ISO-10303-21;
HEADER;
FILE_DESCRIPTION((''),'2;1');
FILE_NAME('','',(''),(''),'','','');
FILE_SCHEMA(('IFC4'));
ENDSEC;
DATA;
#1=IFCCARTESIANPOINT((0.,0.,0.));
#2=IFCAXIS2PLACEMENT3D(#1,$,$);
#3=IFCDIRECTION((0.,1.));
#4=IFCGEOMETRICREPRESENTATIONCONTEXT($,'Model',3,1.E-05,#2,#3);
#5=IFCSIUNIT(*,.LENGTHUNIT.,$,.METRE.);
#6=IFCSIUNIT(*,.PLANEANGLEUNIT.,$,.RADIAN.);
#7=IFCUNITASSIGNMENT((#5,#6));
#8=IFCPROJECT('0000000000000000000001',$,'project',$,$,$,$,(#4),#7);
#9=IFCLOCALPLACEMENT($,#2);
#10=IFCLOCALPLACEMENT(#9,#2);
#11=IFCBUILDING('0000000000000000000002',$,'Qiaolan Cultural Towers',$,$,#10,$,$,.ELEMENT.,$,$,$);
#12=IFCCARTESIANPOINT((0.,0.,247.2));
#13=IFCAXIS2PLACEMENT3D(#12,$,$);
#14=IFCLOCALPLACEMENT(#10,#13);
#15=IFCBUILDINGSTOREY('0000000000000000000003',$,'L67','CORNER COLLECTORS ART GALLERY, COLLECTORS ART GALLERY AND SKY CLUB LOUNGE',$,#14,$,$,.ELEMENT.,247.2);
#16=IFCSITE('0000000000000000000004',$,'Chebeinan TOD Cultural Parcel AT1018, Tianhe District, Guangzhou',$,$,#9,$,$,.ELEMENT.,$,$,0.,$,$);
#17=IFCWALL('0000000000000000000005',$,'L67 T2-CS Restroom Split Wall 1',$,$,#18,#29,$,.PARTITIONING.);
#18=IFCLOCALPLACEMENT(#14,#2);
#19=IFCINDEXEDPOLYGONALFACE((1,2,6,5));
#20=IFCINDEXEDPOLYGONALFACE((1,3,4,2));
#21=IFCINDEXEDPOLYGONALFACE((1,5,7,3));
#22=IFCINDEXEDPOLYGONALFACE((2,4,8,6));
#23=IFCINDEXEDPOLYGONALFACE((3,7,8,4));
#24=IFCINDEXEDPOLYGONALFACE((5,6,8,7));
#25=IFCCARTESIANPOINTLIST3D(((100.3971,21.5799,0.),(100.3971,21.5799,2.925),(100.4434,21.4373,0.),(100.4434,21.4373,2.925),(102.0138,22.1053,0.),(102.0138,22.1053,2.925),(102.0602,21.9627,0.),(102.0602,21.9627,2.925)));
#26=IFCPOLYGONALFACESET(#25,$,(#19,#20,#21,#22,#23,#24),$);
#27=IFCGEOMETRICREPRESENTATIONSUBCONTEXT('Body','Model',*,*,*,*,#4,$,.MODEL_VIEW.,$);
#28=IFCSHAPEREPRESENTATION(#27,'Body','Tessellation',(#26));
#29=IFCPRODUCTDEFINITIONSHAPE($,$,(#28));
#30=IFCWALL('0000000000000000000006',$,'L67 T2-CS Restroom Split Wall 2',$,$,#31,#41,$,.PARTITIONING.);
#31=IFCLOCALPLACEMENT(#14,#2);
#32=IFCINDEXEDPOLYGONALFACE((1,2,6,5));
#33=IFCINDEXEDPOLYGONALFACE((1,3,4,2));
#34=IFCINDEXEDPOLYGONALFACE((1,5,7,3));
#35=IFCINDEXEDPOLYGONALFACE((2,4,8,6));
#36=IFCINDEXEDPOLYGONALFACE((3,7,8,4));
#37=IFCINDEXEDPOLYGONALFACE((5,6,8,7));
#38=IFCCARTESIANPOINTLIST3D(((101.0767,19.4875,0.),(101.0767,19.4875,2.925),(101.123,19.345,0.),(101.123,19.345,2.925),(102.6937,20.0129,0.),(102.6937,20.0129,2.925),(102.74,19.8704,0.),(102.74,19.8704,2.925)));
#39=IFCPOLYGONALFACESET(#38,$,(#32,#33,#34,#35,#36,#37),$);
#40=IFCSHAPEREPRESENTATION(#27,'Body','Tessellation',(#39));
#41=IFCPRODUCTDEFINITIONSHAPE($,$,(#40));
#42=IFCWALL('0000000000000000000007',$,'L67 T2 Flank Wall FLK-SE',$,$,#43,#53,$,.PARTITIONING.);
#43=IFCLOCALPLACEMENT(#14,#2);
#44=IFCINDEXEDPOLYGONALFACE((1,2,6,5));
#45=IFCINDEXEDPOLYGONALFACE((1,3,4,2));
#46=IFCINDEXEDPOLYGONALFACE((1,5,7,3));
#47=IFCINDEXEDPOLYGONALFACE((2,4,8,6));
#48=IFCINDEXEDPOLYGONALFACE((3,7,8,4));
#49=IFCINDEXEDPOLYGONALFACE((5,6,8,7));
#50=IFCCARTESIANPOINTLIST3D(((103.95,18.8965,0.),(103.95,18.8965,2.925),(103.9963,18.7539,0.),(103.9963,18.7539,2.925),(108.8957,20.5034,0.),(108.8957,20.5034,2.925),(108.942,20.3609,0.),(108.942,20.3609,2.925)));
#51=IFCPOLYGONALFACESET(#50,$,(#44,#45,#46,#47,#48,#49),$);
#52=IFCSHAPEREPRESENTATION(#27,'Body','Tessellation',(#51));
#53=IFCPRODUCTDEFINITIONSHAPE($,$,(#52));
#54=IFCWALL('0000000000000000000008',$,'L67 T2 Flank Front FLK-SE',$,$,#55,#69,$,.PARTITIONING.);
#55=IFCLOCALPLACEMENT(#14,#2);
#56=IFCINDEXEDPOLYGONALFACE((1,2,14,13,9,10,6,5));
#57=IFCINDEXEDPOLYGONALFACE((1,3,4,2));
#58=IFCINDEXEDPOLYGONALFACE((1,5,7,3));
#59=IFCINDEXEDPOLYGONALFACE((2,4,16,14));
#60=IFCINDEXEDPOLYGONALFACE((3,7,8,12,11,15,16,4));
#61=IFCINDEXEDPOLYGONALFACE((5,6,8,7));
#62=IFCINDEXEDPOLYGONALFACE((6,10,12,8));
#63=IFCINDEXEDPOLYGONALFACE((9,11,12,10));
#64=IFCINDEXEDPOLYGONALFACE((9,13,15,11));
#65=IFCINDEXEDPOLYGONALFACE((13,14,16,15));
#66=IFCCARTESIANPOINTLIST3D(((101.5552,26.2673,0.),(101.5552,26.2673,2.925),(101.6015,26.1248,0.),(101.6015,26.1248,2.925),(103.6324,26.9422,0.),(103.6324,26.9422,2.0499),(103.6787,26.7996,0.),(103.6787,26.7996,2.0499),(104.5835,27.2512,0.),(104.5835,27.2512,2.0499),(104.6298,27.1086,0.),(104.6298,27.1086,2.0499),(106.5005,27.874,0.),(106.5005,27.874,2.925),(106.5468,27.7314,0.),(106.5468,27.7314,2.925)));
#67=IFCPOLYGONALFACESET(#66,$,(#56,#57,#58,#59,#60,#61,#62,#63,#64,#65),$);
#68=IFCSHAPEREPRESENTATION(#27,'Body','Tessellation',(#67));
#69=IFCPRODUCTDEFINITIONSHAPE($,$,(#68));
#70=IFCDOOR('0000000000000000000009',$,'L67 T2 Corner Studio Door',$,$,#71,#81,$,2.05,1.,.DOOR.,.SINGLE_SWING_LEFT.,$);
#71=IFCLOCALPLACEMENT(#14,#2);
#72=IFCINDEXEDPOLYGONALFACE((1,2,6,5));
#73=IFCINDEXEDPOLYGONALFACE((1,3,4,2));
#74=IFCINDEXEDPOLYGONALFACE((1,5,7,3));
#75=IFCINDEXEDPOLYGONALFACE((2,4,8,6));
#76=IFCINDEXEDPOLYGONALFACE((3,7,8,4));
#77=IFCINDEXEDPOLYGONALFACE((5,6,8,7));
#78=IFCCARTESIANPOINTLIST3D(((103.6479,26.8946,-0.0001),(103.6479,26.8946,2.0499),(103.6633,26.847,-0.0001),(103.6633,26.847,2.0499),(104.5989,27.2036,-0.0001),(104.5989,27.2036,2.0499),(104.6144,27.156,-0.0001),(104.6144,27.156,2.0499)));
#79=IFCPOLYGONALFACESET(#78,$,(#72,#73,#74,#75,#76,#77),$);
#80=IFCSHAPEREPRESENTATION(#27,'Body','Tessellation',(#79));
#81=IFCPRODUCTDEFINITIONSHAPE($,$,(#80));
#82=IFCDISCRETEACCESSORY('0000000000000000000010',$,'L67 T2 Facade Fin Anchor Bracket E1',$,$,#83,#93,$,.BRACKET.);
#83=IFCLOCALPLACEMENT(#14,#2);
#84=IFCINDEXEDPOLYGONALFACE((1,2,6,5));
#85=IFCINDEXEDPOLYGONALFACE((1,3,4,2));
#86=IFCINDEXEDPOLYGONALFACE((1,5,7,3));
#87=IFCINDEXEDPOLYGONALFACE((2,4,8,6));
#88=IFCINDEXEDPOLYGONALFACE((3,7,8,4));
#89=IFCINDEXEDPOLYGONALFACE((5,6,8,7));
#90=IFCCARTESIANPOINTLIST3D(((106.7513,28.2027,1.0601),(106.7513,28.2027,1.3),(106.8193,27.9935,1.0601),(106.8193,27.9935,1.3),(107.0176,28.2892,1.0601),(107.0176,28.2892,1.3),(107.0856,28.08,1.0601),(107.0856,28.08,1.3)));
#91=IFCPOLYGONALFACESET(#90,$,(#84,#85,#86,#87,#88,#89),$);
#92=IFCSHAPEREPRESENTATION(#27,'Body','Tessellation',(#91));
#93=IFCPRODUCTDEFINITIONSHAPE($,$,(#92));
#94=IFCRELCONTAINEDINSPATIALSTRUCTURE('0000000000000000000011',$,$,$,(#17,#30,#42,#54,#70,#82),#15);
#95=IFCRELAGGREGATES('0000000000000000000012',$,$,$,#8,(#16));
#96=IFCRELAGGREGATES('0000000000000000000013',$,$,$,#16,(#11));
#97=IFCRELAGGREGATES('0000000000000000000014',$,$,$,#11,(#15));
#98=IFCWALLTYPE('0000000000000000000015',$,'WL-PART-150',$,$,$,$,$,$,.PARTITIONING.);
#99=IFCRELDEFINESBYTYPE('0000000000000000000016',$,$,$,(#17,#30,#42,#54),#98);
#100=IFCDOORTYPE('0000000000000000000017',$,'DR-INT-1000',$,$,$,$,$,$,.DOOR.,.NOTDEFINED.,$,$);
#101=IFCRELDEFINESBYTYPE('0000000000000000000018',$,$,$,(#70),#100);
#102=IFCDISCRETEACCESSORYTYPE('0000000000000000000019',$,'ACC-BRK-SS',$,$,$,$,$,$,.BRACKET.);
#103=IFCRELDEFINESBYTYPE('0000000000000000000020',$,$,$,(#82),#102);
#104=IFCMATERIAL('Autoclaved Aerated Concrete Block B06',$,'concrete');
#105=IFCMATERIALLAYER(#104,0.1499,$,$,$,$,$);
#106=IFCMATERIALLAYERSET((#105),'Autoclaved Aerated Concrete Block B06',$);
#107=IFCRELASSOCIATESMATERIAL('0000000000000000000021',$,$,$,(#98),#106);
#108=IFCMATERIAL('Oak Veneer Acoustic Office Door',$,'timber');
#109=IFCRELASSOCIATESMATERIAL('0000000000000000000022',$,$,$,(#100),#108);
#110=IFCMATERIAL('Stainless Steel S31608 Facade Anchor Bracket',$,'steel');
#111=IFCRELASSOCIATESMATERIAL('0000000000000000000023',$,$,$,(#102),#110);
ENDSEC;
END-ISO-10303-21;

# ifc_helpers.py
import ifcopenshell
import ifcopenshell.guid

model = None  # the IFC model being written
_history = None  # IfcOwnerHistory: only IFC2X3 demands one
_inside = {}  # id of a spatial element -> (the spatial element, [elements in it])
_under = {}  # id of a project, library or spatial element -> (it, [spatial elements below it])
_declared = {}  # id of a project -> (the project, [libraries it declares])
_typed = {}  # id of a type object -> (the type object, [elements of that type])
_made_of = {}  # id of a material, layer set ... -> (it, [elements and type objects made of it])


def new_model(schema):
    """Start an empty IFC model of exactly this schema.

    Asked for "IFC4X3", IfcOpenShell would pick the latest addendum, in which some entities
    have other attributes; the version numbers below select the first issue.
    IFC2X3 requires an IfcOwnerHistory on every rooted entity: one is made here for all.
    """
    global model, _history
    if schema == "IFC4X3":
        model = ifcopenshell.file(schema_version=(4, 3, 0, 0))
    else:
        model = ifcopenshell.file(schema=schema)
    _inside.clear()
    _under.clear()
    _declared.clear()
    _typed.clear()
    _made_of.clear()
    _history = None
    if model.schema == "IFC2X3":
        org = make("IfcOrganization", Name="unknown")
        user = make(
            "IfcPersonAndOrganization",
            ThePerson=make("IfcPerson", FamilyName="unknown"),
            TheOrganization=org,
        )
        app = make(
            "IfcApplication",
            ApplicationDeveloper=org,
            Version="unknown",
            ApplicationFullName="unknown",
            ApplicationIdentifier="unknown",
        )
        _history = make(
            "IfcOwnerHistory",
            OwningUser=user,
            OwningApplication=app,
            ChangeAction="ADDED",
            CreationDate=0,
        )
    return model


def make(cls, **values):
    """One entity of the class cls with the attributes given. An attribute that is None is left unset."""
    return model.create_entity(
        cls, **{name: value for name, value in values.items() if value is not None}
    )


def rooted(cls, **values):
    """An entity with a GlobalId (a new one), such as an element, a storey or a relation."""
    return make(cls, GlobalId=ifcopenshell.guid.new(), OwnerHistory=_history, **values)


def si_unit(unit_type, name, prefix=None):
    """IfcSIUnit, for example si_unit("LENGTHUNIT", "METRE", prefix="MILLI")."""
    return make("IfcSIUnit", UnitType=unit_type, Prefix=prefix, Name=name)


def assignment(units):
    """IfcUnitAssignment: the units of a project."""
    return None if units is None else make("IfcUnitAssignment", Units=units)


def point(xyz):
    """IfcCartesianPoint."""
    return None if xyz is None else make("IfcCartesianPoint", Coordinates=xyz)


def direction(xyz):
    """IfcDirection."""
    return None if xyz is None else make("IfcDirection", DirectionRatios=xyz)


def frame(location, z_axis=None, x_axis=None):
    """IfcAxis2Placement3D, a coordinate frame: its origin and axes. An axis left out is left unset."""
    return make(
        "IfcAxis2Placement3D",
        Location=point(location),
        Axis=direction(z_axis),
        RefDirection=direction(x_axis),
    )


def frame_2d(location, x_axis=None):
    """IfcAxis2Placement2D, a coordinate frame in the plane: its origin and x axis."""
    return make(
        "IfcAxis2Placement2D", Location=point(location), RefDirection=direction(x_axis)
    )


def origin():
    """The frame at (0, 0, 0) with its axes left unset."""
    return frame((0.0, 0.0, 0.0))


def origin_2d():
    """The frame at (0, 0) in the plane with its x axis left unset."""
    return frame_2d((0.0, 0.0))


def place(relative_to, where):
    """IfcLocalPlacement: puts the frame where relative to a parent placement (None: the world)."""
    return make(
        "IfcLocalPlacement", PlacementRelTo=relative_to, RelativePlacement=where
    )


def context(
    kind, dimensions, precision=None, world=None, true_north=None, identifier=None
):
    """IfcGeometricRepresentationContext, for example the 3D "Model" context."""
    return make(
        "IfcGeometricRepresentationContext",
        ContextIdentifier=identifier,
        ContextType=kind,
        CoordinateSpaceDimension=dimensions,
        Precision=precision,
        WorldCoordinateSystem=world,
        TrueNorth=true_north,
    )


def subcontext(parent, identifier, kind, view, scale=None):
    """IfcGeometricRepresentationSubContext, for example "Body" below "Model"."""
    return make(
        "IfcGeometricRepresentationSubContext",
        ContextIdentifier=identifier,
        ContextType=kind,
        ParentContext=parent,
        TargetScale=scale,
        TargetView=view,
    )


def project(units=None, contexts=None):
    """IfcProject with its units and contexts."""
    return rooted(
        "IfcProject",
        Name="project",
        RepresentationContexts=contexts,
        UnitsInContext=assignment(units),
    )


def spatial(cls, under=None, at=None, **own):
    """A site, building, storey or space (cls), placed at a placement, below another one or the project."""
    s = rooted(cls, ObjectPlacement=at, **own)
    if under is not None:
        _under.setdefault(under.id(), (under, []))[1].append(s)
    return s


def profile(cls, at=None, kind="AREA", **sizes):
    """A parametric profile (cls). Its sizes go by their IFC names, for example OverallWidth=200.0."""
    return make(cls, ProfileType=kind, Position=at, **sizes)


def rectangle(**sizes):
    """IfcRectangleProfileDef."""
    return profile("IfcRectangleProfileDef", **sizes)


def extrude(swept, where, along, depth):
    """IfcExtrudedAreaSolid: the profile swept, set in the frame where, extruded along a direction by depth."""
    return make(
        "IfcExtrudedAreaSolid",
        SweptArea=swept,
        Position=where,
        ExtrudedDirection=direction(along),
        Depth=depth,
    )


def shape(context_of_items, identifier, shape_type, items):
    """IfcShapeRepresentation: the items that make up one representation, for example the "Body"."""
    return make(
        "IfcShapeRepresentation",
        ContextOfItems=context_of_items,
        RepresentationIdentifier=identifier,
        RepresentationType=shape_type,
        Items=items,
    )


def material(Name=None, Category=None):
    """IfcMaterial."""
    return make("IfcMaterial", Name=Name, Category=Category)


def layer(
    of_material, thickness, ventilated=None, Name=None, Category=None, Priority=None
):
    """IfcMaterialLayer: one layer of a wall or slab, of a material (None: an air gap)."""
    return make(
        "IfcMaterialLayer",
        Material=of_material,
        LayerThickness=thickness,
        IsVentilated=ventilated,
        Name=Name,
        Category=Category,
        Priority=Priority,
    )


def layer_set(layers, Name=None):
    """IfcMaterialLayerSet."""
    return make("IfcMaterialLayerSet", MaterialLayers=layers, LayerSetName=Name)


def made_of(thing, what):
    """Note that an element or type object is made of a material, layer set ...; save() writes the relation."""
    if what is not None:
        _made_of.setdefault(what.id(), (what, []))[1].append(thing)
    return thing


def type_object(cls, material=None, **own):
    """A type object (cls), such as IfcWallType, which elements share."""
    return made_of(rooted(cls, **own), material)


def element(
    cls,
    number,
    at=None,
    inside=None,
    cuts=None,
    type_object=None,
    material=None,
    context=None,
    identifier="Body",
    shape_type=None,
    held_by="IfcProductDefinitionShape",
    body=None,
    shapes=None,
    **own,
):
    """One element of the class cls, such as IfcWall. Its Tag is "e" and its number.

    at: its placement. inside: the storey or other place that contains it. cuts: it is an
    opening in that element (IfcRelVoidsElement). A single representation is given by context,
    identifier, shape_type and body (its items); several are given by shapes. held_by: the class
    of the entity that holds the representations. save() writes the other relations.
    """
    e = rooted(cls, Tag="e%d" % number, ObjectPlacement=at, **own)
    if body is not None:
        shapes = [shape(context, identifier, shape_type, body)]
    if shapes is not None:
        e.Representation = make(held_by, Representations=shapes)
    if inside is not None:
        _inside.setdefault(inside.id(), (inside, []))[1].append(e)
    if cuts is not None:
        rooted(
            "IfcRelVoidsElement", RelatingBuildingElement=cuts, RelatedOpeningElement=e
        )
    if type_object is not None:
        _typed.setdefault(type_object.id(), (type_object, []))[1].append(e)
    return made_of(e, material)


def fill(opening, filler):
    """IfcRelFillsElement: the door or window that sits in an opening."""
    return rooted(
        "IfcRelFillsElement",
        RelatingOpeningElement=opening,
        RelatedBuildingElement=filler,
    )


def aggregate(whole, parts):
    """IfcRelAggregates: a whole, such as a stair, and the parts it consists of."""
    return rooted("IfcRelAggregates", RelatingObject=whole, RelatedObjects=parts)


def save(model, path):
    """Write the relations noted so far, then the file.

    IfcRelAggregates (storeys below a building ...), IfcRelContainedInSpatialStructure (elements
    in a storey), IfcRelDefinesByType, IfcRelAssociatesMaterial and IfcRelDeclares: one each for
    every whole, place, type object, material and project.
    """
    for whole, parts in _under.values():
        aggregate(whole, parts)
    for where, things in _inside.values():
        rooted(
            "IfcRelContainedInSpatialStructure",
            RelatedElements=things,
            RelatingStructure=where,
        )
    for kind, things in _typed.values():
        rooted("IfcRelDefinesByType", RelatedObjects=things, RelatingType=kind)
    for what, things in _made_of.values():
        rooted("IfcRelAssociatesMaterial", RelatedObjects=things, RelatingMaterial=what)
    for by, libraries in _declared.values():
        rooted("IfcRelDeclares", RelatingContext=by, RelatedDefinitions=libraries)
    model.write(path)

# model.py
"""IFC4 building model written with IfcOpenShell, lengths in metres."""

from ifc_helpers import new_model, si_unit, direction, frame, frame_2d, origin, origin_2d, place, context, subcontext, project, spatial, rectangle, extrude, material, layer, layer_set, type_object, element, fill, save


model = new_model("IFC4")

# Units and contexts
model_context = context("Model", 3, precision=1e-05, world=origin(), true_north=direction((0.0, 1.0)))
body_context = subcontext(model_context, "Body", "Model", "MODEL_VIEW")
ifc_project = project(units=[si_unit("LENGTHUNIT", "METRE"), si_unit("PLANEANGLEUNIT", "RADIAN")], contexts=[model_context])

# Site, building, storey
site_placement = place(None, origin())
site = spatial("IfcSite", under=ifc_project, at=site_placement, Name="Chebeinan TOD Cultural Parcel AT1018, Tianhe District, Guangzhou", CompositionType="ELEMENT", RefElevation=0.0)
building_placement = place(site_placement, origin())
building = spatial("IfcBuilding", under=site, at=building_placement, Name="Qiaolan Cultural Towers", CompositionType="ELEMENT")
storey_placement = place(building_placement, frame((0.0, 0.0, 247.2)))
storey = spatial("IfcBuildingStorey", under=building, at=storey_placement, Name="L67", Description="CORNER COLLECTORS ART GALLERY, COLLECTORS ART GALLERY AND SKY CLUB LOUNGE", CompositionType="ELEMENT", Elevation=247.2)

# Shared definitions
ifc_material_1 = material(Name="Autoclaved Aerated Concrete Block B06", Category="concrete")
ifc_layer_1 = layer(ifc_material_1, 0.1499)
ifc_layer_set_1 = layer_set([ifc_layer_1], Name="Autoclaved Aerated Concrete Block B06")
wall_type_1 = type_object("IfcWallType", Name="WL-PART-150", PredefinedType="PARTITIONING", material=ifc_layer_set_1)

# Walls
wall_1_placement = place(storey_placement, frame((100.4202, 21.5085, 0.0), z_axis=(0.0, 0.0, 1.0), x_axis=(0.95104, 0.309067, 0.0)))
element("IfcWall", 1, at=wall_1_placement, inside=storey, type_object=wall_type_1, Name="L67 T2-CS Restroom Split Wall 1", PredefinedType="PARTITIONING", context=body_context, shape_type="SweptSolid", body=[
    extrude(rectangle(XDim=1.7, YDim=0.1499, at=frame_2d((0.8501, 0.0))), origin(), (0.0, 0.0, 1.0), 2.925),
])
wall_2_placement = place(storey_placement, frame((101.0999, 19.4163, 0.0), z_axis=(0.0, 0.0, 1.0), x_axis=(0.951054, 0.309024, 0.0)))
element("IfcWall", 2, at=wall_2_placement, inside=storey, type_object=wall_type_1, Name="L67 T2-CS Restroom Split Wall 2", PredefinedType="PARTITIONING", context=body_context, shape_type="SweptSolid", body=[
    extrude(rectangle(XDim=1.7002, YDim=0.1499, at=frame_2d((0.8501, 0.0))), origin(), (0.0, 0.0, 1.0), 2.925),
])
wall_3_placement = place(storey_placement, frame((103.9731, 18.8252, 0.0), z_axis=(0.0, 0.0, 1.0), x_axis=(0.951055, 0.309021, 0.0)))
element("IfcWall", 3, at=wall_3_placement, inside=storey, type_object=wall_type_1, Name="L67 T2 Flank Wall FLK-SE", PredefinedType="PARTITIONING", context=body_context, shape_type="SweptSolid", body=[
    extrude(rectangle(XDim=5.2002, YDim=0.1499, at=frame_2d((2.6001, 0.0))), origin(), (0.0, 0.0, 1.0), 2.925),
])

# Wall, opening, door
wall_4_placement = place(storey_placement, frame((101.5784, 26.196, 0.0), z_axis=(0.0, 0.0, 1.0), x_axis=(0.951064, 0.308993, 0.0)))
wall_4 = element("IfcWall", 4, at=wall_4_placement, inside=storey, type_object=wall_type_1, Name="L67 T2 Flank Front FLK-SE", PredefinedType="PARTITIONING", context=body_context, shape_type="SweptSolid", body=[
    extrude(rectangle(XDim=5.1997, YDim=0.1499, at=frame_2d((2.5999, 0.0))), origin(), (0.0, 0.0, 1.0), 2.925),
])
opening_1_placement = place(wall_4_placement, frame((2.1841, 0.0, 0.0)))
opening_1 = element("IfcOpeningElement", 5, at=opening_1_placement, cuts=wall_4, PredefinedType="OPENING", context=body_context, shape_type="SweptSolid", body=[
    extrude(rectangle(XDim=1.0, YDim=2.05, at=frame_2d((0.5, 1.0249))), frame((0.0, 0.085, 0.0), z_axis=(0.0, -1.0, 0.0), x_axis=(1.0, 0.0, 0.0)), (0.0, 0.0, 1.0), 0.1699),
])
ifc_material_2 = material(Name="Oak Veneer Acoustic Office Door", Category="timber")
door_type_1 = type_object("IfcDoorType", Name="DR-INT-1000", OperationType="NOTDEFINED", PredefinedType="DOOR", material=ifc_material_2)
door_1_placement = place(opening_1_placement, origin())
door_1 = element("IfcDoor", 6, at=door_1_placement, inside=storey, type_object=door_type_1, Name="L67 T2 Corner Studio Door", OperationType="SINGLE_SWING_LEFT", OverallHeight=2.05, OverallWidth=1.0, PredefinedType="DOOR", context=body_context, shape_type="SweptSolid", body=[
    extrude(rectangle(XDim=1.0, YDim=2.05, at=frame_2d((0.5, 1.0249))), frame((0.0, 0.0249, 0.0), z_axis=(0.0, -1.0, 0.0), x_axis=(1.0, 0.0, 0.0)), (0.0, 0.0, 1.0), 0.05),
])
fill(opening_1, door_1)

# Discrete accessory
ifc_material_3 = material(Name="Stainless Steel S31608 Facade Anchor Bracket", Category="steel")
discrete_accessory_type = type_object("IfcDiscreteAccessoryType", Name="ACC-BRK-SS", PredefinedType="BRACKET", material=ifc_material_3)
discrete_accessory_placement = place(storey_placement, frame((106.9185, 28.1414, 1.0601), z_axis=(0.0, 0.0, 1.0), x_axis=(0.951057, 0.309017, 0.0)))
element("IfcDiscreteAccessory", 7, at=discrete_accessory_placement, inside=storey, type_object=discrete_accessory_type, Name="L67 T2 Facade Fin Anchor Bracket E1", PredefinedType="BRACKET", context=body_context, shape_type="SweptSolid", body=[
    extrude(rectangle(XDim=0.28, YDim=0.22, at=origin_2d()), origin(), (0.0, 0.0, 1.0), 0.24),
])

save(model, "model.ifc")
